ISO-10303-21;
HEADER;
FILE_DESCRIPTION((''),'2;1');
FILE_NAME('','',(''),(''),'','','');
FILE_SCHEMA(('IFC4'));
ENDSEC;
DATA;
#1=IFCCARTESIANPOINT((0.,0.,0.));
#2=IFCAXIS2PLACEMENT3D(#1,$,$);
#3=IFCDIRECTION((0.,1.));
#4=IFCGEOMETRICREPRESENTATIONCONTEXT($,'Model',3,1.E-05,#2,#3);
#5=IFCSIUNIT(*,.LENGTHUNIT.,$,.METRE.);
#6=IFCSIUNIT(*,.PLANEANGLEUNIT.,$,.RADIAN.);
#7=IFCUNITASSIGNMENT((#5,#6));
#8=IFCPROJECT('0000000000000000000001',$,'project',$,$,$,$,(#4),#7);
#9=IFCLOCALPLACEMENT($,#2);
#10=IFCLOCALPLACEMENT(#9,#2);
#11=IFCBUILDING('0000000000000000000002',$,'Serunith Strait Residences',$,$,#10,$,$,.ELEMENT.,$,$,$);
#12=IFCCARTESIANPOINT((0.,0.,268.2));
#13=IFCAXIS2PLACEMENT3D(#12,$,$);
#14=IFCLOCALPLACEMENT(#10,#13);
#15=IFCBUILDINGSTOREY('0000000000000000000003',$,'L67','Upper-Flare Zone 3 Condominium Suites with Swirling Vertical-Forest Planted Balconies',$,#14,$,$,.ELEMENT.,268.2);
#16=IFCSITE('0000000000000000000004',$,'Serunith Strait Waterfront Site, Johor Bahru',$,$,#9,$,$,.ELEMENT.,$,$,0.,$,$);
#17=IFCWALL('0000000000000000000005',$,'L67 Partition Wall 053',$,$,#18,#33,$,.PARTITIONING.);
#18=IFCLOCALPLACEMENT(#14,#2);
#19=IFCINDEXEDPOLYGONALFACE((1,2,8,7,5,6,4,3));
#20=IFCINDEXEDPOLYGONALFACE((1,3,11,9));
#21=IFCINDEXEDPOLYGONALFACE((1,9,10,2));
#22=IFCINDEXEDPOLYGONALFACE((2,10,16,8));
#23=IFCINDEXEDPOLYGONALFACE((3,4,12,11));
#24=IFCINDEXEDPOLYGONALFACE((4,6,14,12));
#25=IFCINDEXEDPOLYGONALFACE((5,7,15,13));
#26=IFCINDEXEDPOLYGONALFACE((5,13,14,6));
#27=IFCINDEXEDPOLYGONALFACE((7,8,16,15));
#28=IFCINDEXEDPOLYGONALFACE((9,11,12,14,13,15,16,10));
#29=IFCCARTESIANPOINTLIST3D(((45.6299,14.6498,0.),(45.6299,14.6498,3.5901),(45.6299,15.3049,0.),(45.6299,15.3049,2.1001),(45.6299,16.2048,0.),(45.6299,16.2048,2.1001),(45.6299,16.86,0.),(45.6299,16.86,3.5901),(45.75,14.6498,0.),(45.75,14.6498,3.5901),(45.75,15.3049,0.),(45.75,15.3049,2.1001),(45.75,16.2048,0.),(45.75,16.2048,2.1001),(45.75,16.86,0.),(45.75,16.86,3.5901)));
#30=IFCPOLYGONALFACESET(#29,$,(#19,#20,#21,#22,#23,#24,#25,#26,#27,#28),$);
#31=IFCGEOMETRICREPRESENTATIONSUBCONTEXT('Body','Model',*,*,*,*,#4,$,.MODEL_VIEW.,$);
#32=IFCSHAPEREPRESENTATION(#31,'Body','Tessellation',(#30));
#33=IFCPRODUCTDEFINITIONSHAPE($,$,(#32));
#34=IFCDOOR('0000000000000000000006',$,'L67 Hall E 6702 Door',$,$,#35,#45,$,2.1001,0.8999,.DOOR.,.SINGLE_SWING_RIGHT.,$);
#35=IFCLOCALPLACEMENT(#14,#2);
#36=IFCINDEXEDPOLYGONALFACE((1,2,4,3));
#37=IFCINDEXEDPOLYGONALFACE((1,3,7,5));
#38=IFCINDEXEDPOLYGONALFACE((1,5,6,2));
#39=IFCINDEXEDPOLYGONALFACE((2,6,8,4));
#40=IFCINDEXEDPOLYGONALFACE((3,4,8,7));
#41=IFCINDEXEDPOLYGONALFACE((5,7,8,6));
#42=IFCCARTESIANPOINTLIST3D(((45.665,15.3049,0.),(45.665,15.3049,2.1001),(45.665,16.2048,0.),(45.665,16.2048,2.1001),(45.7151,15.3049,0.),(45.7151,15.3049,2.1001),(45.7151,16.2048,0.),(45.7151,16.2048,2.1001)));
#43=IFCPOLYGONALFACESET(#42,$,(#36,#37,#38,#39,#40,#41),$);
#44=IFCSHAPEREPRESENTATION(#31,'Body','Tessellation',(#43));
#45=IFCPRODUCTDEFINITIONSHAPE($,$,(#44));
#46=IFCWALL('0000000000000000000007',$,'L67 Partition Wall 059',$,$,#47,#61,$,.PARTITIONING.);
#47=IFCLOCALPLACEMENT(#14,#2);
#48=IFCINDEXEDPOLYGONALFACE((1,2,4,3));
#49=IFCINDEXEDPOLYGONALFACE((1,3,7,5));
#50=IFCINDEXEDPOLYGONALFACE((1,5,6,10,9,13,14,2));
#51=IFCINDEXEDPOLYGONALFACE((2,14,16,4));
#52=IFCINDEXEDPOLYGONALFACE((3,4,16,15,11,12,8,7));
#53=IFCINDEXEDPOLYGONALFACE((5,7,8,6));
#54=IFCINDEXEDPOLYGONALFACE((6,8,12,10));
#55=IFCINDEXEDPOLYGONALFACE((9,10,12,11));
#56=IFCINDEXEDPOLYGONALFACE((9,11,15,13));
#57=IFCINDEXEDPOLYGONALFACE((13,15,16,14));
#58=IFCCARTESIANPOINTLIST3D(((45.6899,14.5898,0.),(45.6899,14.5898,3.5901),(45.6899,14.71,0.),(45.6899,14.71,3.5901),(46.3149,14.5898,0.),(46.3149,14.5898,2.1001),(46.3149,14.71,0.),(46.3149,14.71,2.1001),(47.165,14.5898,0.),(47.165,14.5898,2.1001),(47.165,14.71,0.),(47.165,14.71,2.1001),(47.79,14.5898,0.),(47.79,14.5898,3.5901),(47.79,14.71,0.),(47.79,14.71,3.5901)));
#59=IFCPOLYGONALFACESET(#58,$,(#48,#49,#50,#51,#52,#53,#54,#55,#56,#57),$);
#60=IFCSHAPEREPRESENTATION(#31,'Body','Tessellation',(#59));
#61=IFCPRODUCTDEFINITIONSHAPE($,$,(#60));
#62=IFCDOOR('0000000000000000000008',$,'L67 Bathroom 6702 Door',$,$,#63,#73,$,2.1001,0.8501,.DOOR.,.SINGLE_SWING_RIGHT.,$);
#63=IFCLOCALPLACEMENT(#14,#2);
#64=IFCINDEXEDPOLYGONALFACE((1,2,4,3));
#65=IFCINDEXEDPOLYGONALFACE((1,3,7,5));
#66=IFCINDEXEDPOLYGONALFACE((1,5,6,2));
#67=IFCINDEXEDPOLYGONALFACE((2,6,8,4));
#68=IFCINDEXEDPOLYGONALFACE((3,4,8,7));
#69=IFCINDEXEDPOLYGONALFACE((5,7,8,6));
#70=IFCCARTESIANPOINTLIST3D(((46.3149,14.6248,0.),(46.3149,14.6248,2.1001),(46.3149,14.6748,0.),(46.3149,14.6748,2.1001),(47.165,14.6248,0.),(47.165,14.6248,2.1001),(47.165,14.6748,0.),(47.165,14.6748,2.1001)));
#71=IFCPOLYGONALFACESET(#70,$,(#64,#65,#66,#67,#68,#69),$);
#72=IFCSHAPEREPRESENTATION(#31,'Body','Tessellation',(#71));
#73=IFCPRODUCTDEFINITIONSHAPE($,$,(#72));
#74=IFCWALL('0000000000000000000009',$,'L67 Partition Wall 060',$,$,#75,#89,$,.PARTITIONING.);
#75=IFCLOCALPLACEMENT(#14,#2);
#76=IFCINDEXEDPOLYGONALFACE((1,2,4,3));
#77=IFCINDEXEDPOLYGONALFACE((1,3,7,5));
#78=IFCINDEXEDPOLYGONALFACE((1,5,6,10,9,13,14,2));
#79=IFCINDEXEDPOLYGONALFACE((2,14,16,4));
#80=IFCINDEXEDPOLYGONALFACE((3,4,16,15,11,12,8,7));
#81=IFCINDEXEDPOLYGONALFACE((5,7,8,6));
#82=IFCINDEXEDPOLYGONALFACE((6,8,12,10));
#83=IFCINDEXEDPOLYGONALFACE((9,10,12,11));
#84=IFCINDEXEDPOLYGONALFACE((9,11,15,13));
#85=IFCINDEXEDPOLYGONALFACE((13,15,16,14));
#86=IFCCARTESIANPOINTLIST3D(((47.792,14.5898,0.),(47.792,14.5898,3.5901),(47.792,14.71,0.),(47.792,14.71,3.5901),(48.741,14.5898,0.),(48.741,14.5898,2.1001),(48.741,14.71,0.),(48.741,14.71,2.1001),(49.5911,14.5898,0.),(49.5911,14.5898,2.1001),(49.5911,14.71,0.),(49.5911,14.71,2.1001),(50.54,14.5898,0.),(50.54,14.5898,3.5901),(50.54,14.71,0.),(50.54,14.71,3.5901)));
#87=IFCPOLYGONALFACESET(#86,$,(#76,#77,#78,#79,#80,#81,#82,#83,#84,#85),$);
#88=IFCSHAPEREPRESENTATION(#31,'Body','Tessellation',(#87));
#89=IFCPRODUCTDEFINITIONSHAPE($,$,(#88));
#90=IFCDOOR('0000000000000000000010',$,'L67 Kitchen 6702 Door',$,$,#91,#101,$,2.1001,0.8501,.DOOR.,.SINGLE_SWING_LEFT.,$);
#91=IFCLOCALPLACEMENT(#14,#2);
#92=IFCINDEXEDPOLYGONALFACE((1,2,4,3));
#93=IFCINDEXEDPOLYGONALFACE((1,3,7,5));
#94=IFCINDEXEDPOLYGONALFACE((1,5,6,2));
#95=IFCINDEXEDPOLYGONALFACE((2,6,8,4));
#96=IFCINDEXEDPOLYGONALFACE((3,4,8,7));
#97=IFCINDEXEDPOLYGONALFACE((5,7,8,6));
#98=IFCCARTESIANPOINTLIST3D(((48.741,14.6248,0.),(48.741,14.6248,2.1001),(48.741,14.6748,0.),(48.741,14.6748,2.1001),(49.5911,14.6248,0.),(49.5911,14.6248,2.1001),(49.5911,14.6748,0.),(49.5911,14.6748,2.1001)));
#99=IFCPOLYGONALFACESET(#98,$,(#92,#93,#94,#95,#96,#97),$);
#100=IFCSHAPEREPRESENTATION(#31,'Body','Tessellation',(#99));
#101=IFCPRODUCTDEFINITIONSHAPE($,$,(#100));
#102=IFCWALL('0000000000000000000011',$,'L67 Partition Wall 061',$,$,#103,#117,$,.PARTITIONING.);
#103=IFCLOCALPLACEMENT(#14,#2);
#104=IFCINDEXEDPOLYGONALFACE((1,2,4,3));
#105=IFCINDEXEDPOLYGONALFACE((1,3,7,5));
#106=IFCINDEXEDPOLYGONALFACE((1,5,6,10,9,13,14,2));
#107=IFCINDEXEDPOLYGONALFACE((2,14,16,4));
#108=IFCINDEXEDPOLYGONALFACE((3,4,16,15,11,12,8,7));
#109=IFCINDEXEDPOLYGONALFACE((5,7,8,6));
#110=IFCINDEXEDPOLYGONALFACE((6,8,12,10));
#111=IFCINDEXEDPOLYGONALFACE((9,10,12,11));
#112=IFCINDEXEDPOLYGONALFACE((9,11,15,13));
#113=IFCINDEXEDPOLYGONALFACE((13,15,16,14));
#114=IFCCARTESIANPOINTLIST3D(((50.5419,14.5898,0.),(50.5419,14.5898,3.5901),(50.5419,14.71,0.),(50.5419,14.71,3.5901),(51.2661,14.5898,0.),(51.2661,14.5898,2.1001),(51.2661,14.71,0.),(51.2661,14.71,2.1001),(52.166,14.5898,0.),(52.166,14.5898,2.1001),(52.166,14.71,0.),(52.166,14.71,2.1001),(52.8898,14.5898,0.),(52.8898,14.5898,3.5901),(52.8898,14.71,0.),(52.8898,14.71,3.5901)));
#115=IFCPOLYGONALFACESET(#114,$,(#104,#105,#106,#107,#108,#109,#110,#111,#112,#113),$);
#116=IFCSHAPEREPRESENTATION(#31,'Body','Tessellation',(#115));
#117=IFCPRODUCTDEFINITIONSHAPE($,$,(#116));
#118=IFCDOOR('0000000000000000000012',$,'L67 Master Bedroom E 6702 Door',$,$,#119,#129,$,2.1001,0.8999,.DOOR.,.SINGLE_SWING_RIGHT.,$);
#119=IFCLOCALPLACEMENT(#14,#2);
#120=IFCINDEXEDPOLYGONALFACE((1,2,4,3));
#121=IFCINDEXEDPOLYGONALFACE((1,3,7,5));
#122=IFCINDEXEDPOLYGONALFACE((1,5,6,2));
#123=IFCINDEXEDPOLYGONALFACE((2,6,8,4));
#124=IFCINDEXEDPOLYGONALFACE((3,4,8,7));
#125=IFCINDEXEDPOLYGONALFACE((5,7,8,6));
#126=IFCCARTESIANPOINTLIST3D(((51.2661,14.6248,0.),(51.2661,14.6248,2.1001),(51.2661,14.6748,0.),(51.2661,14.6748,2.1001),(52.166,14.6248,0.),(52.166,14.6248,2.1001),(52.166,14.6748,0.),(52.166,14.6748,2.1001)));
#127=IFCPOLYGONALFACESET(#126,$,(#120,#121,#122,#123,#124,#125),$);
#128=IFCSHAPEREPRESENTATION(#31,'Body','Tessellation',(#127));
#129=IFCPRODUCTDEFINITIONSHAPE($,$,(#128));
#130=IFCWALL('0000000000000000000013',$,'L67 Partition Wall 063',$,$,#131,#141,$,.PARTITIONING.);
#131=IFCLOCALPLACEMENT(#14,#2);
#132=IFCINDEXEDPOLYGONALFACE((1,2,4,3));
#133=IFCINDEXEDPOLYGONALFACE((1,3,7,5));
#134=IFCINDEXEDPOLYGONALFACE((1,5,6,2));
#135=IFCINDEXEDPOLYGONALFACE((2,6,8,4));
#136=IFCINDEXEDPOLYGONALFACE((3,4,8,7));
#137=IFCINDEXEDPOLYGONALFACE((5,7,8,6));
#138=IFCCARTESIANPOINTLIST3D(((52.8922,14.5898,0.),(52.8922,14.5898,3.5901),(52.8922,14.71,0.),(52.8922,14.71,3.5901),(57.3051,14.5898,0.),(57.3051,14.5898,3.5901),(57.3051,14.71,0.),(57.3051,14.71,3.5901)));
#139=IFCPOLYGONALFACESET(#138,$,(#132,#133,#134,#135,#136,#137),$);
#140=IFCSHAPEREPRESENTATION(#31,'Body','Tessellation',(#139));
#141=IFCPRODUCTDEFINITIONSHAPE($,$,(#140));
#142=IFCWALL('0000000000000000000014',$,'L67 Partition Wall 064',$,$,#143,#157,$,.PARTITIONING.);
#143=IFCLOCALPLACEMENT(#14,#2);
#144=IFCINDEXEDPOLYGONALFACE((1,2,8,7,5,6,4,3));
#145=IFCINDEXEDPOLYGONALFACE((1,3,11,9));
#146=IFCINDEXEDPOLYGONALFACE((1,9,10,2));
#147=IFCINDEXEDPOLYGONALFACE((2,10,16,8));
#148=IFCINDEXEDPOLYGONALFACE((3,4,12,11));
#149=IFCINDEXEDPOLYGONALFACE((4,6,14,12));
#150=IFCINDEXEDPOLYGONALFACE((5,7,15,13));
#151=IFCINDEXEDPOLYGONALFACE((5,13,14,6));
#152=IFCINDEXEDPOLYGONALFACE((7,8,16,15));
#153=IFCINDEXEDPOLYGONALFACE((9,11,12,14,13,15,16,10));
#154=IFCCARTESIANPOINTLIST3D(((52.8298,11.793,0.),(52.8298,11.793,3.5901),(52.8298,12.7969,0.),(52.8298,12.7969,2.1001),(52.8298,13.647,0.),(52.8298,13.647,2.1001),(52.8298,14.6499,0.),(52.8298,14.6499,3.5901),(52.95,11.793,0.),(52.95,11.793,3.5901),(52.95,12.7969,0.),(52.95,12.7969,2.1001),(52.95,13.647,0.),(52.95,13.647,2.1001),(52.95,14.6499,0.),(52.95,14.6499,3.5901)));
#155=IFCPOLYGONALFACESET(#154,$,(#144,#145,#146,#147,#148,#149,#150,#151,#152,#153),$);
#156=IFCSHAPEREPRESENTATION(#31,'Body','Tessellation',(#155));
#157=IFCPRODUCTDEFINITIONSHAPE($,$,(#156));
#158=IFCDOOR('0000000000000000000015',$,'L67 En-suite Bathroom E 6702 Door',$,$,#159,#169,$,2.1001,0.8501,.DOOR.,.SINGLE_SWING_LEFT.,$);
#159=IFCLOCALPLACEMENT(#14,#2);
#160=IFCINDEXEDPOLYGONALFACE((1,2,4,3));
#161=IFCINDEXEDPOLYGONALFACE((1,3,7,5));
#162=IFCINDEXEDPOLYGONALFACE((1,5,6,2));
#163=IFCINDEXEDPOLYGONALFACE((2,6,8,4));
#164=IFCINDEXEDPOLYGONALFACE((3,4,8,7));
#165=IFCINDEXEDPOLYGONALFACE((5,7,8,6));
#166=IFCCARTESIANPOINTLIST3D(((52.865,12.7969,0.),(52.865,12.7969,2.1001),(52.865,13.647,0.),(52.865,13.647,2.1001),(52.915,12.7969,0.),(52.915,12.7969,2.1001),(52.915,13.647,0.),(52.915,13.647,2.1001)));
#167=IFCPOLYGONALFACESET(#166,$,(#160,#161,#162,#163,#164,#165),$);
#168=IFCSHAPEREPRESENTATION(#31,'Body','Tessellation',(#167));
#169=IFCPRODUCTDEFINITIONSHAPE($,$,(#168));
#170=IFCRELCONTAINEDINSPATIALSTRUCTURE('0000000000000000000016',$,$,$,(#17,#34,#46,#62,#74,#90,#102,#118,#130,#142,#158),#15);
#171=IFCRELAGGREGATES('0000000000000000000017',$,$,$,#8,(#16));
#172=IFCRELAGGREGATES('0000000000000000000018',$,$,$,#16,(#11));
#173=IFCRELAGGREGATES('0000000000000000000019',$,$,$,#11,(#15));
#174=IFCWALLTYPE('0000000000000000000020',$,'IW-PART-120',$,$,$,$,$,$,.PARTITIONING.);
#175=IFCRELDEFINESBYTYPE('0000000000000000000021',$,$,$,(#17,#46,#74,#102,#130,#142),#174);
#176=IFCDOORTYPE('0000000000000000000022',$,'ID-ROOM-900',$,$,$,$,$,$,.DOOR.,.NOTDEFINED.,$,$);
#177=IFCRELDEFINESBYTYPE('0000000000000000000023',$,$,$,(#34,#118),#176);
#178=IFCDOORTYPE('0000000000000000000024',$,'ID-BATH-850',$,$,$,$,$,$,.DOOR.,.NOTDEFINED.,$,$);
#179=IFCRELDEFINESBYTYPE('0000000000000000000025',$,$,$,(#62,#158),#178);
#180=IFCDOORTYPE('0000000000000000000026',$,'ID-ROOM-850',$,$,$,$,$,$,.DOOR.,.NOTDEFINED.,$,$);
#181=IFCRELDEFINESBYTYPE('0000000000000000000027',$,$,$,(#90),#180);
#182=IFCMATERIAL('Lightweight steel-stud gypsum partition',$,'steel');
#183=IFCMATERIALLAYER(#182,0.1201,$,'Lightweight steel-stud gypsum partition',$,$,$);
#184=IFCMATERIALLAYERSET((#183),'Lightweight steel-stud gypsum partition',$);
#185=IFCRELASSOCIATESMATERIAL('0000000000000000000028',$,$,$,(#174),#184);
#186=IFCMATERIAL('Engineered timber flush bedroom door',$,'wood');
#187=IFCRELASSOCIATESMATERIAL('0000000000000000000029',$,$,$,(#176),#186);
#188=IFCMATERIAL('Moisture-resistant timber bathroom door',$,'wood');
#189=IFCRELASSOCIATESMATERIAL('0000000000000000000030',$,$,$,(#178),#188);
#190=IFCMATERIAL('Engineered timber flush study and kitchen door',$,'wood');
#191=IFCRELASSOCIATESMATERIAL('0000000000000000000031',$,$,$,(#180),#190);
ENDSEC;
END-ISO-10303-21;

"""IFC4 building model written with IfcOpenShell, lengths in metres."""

from ifc_helpers import new_model, si_unit, direction, frame, frame_2d, origin, place, context, subcontext, project, spatial, rectangle, extrude, source, transform, mapped, material, layer, layer_set, type_object, element, fill, save


model = new_model("IFC4")

# Units and contexts
model_context = context("Model", 3, precision=1e-05, world=origin(), true_north=direction((0.0, 1.0)))
body_context = subcontext(model_context, "Body", "Model", "MODEL_VIEW")
ifc_project = project(units=[si_unit("LENGTHUNIT", "METRE"), si_unit("PLANEANGLEUNIT", "RADIAN")], contexts=[model_context])

# Site, building, storey
site_placement = place(None, origin())
site = spatial("IfcSite", under=ifc_project, at=site_placement, Name="Serunith Strait Waterfront Site, Johor Bahru", CompositionType="ELEMENT", RefElevation=0.0)
building_placement = place(site_placement, origin())
building = spatial("IfcBuilding", under=site, at=building_placement, Name="Serunith Strait Residences", CompositionType="ELEMENT")
storey_placement = place(building_placement, frame((0.0, 0.0, 268.2)))
storey = spatial("IfcBuildingStorey", under=building, at=storey_placement, Name="L67", Description="Upper-Flare Zone 3 Condominium Suites with Swirling Vertical-Forest Planted Balconies", CompositionType="ELEMENT", Elevation=268.2)

# Walls, openings, doors
ifc_material_1 = material(Name="Lightweight steel-stud gypsum partition", Category="steel")
ifc_layer_1 = layer(ifc_material_1, 0.1201, Name="Lightweight steel-stud gypsum partition")
ifc_layer_set_1 = layer_set([ifc_layer_1], Name="Lightweight steel-stud gypsum partition")
wall_type = type_object("IfcWallType", Name="IW-PART-120", PredefinedType="PARTITIONING", material=ifc_layer_set_1)
wall_1_placement = place(storey_placement, frame((45.6899, 14.6499, 0.0), z_axis=(0.0, 0.0, 1.0), x_axis=(0.0, 1.0, 0.0)))
wall_1 = element("IfcWall", 1, at=wall_1_placement, inside=storey, type_object=wall_type, Name="L67 Partition Wall 053", PredefinedType="PARTITIONING", context=body_context, shape_type="SweptSolid", body=[
    extrude(rectangle(XDim=2.2102, YDim=0.1201, at=frame_2d((1.105, 0.0))), origin(), (0.0, 0.0, 1.0), 3.5901),
])
opening_1_placement = place(wall_1_placement, frame((0.655, 0.0, 0.0)))
opening_1 = element("IfcOpeningElement", 2, at=opening_1_placement, cuts=wall_1, PredefinedType="OPENING", context=body_context, shape_type="SweptSolid", body=[
    extrude(rectangle(XDim=0.8999, YDim=2.1001, at=frame_2d((0.45, 1.05))), frame((0.0, 0.0701, 0.0), z_axis=(0.0, -1.0, 0.0), x_axis=(1.0, 0.0, 0.0)), (0.0, 0.0, 1.0), 0.1401),
])
ifc_material_2 = material(Name="Engineered timber flush bedroom door", Category="wood")
door_type_1 = type_object("IfcDoorType", Name="ID-ROOM-900", OperationType="NOTDEFINED", PredefinedType="DOOR", material=ifc_material_2)
shared_shape_1 = source(origin(), body_context, "Body", "SweptSolid", [
    extrude(rectangle(XDim=0.8999, YDim=2.1001, at=frame_2d((0.45, 1.05))), frame((0.0, 0.0249, 0.0), z_axis=(0.0, -1.0, 0.0), x_axis=(1.0, 0.0, 0.0)), (0.0, 0.0, 1.0), 0.05),
])
door_1_placement = place(opening_1_placement, origin())
door_1 = element("IfcDoor", 3, at=door_1_placement, inside=storey, type_object=door_type_1, Name="L67 Hall E 6702 Door", OperationType="SINGLE_SWING_RIGHT", OverallHeight=2.1001, OverallWidth=0.8999, PredefinedType="DOOR", context=body_context, shape_type="MappedRepresentation", body=[
    mapped(shared_shape_1, transform((0.0, 0.0, 0.0), scale=1.0)),
])
fill(opening_1, door_1)
wall_2_placement = place(storey_placement, frame((45.6899, 14.6499, 0.0), z_axis=(0.0, 0.0, 1.0), x_axis=(1.0, 0.0, 0.0)))
wall_2 = element("IfcWall", 4, at=wall_2_placement, inside=storey, type_object=wall_type, Name="L67 Partition Wall 059", PredefinedType="PARTITIONING", context=body_context, shape_type="SweptSolid", body=[
    extrude(rectangle(XDim=2.1001, YDim=0.1201, at=frame_2d((1.05, 0.0))), origin(), (0.0, 0.0, 1.0), 3.5901),
])
opening_2_placement = place(wall_2_placement, frame((0.625, 0.0, 0.0)))
opening_2 = element("IfcOpeningElement", 5, at=opening_2_placement, cuts=wall_2, PredefinedType="OPENING", context=body_context, shape_type="SweptSolid", body=[
    extrude(rectangle(XDim=0.8501, YDim=2.1001, at=frame_2d((0.425, 1.05))), frame((0.0, 0.0701, 0.0), z_axis=(0.0, -1.0, 0.0), x_axis=(1.0, 0.0, 0.0)), (0.0, 0.0, 1.0), 0.1401),
])
ifc_material_3 = material(Name="Moisture-resistant timber bathroom door", Category="wood")
door_type_2 = type_object("IfcDoorType", Name="ID-BATH-850", OperationType="NOTDEFINED", PredefinedType="DOOR", material=ifc_material_3)
shared_shape_2 = source(origin(), body_context, "Body", "SweptSolid", [
    extrude(rectangle(XDim=0.8501, YDim=2.1001, at=frame_2d((0.425, 1.05))), frame((0.0, 0.0249, 0.0), z_axis=(0.0, -1.0, 0.0), x_axis=(1.0, 0.0, 0.0)), (0.0, 0.0, 1.0), 0.05),
])
door_2_placement = place(opening_2_placement, origin())
door_2 = element("IfcDoor", 6, at=door_2_placement, inside=storey, type_object=door_type_2, Name="L67 Bathroom 6702 Door", OperationType="SINGLE_SWING_RIGHT", OverallHeight=2.1001, OverallWidth=0.8501, PredefinedType="DOOR", context=body_context, shape_type="MappedRepresentation", body=[
    mapped(shared_shape_2, transform((0.0, 0.0, 0.0), scale=1.0)),
])
fill(opening_2, door_2)
wall_3_placement = place(storey_placement, frame((47.792, 14.6499, 0.0), z_axis=(0.0, 0.0, 1.0), x_axis=(1.0, 0.0, 0.0)))
wall_3 = element("IfcWall", 7, at=wall_3_placement, inside=storey, type_object=wall_type, Name="L67 Partition Wall 060", PredefinedType="PARTITIONING", context=body_context, shape_type="SweptSolid", body=[
    extrude(rectangle(XDim=2.748, YDim=0.1201, at=frame_2d((1.374, 0.0))), origin(), (0.0, 0.0, 1.0), 3.5901),
])
opening_3_placement = place(wall_3_placement, frame((0.949, 0.0, 0.0)))
opening_3 = element("IfcOpeningElement", 8, at=opening_3_placement, cuts=wall_3, PredefinedType="OPENING", context=body_context, shape_type="SweptSolid", body=[
    extrude(rectangle(XDim=0.8501, YDim=2.1001, at=frame_2d((0.425, 1.05))), frame((0.0, 0.0701, 0.0), z_axis=(0.0, -1.0, 0.0), x_axis=(1.0, 0.0, 0.0)), (0.0, 0.0, 1.0), 0.1401),
])
ifc_material_4 = material(Name="Engineered timber flush study and kitchen door", Category="wood")
door_type_3 = type_object("IfcDoorType", Name="ID-ROOM-850", OperationType="NOTDEFINED", PredefinedType="DOOR", material=ifc_material_4)
door_3_placement = place(opening_3_placement, origin())
door_3 = element("IfcDoor", 9, at=door_3_placement, inside=storey, type_object=door_type_3, Name="L67 Kitchen 6702 Door", OperationType="SINGLE_SWING_LEFT", OverallHeight=2.1001, OverallWidth=0.8501, PredefinedType="DOOR", context=body_context, shape_type="MappedRepresentation", body=[
    mapped(shared_shape_2, transform((0.0, 0.0, 0.0), scale=1.0)),
])
fill(opening_3, door_3)
wall_4_placement = place(storey_placement, frame((50.542, 14.6499, 0.0), z_axis=(0.0, 0.0, 1.0), x_axis=(1.0, 0.0, 0.0)))
wall_4 = element("IfcWall", 10, at=wall_4_placement, inside=storey, type_object=wall_type, Name="L67 Partition Wall 061", PredefinedType="PARTITIONING", context=body_context, shape_type="SweptSolid", body=[
    extrude(rectangle(XDim=2.3479, YDim=0.1201, at=frame_2d((1.1738, 0.0))), origin(), (0.0, 0.0, 1.0), 3.5901),
])
opening_4_placement = place(wall_4_placement, frame((0.7241, 0.0, 0.0)))
opening_4 = element("IfcOpeningElement", 11, at=opening_4_placement, cuts=wall_4, PredefinedType="OPENING", context=body_context, shape_type="SweptSolid", body=[
    extrude(rectangle(XDim=0.8999, YDim=2.1001, at=frame_2d((0.45, 1.05))), frame((0.0, 0.0701, 0.0), z_axis=(0.0, -1.0, 0.0), x_axis=(1.0, 0.0, 0.0)), (0.0, 0.0, 1.0), 0.1401),
])
door_4_placement = place(opening_4_placement, origin())
door_4 = element("IfcDoor", 12, at=door_4_placement, inside=storey, type_object=door_type_1, Name="L67 Master Bedroom E 6702 Door", OperationType="SINGLE_SWING_RIGHT", OverallHeight=2.1001, OverallWidth=0.8999, PredefinedType="DOOR", context=body_context, shape_type="MappedRepresentation", body=[
    mapped(shared_shape_1, transform((0.0, 0.0, 0.0), scale=1.0)),
])
fill(opening_4, door_4)

# Wall
wall_5_placement = place(storey_placement, frame((52.8921, 14.6499, 0.0), z_axis=(0.0, 0.0, 1.0), x_axis=(1.0, 0.0, 0.0)))
element("IfcWall", 13, at=wall_5_placement, inside=storey, type_object=wall_type, Name="L67 Partition Wall 063", PredefinedType="PARTITIONING", context=body_context, shape_type="SweptSolid", body=[
    extrude(rectangle(XDim=4.4128, YDim=0.1201, at=frame_2d((2.2065, 0.0))), origin(), (0.0, 0.0, 1.0), 3.5901),
])

# Wall, opening, door
wall_6_placement = place(storey_placement, frame((52.8899, 11.793, 0.0), z_axis=(0.0, 0.0, 1.0), x_axis=(0.0, 1.0, 0.0)))
wall_6 = element("IfcWall", 14, at=wall_6_placement, inside=storey, type_object=wall_type, Name="L67 Partition Wall 064", PredefinedType="PARTITIONING", context=body_context, shape_type="SweptSolid", body=[
    extrude(rectangle(XDim=2.8569, YDim=0.1201, at=frame_2d((1.4285, 0.0))), origin(), (0.0, 0.0, 1.0), 3.5901),
])
opening_5_placement = place(wall_6_placement, frame((1.0039, 0.0, 0.0)))
opening_5 = element("IfcOpeningElement", 15, at=opening_5_placement, cuts=wall_6, PredefinedType="OPENING", context=body_context, shape_type="SweptSolid", body=[
    extrude(rectangle(XDim=0.8501, YDim=2.1001, at=frame_2d((0.425, 1.05))), frame((0.0, 0.0701, 0.0), z_axis=(0.0, -1.0, 0.0), x_axis=(1.0, 0.0, 0.0)), (0.0, 0.0, 1.0), 0.1401),
])
door_5_placement = place(opening_5_placement, origin())
door_5 = element("IfcDoor", 16, at=door_5_placement, inside=storey, type_object=door_type_2, Name="L67 En-suite Bathroom E 6702 Door", OperationType="SINGLE_SWING_LEFT", OverallHeight=2.1001, OverallWidth=0.8501, PredefinedType="DOOR", context=body_context, shape_type="MappedRepresentation", body=[
    mapped(shared_shape_2, transform((0.0, 0.0, 0.0), scale=1.0)),
])
fill(opening_5, door_5)

save(model, "model.ifc")
